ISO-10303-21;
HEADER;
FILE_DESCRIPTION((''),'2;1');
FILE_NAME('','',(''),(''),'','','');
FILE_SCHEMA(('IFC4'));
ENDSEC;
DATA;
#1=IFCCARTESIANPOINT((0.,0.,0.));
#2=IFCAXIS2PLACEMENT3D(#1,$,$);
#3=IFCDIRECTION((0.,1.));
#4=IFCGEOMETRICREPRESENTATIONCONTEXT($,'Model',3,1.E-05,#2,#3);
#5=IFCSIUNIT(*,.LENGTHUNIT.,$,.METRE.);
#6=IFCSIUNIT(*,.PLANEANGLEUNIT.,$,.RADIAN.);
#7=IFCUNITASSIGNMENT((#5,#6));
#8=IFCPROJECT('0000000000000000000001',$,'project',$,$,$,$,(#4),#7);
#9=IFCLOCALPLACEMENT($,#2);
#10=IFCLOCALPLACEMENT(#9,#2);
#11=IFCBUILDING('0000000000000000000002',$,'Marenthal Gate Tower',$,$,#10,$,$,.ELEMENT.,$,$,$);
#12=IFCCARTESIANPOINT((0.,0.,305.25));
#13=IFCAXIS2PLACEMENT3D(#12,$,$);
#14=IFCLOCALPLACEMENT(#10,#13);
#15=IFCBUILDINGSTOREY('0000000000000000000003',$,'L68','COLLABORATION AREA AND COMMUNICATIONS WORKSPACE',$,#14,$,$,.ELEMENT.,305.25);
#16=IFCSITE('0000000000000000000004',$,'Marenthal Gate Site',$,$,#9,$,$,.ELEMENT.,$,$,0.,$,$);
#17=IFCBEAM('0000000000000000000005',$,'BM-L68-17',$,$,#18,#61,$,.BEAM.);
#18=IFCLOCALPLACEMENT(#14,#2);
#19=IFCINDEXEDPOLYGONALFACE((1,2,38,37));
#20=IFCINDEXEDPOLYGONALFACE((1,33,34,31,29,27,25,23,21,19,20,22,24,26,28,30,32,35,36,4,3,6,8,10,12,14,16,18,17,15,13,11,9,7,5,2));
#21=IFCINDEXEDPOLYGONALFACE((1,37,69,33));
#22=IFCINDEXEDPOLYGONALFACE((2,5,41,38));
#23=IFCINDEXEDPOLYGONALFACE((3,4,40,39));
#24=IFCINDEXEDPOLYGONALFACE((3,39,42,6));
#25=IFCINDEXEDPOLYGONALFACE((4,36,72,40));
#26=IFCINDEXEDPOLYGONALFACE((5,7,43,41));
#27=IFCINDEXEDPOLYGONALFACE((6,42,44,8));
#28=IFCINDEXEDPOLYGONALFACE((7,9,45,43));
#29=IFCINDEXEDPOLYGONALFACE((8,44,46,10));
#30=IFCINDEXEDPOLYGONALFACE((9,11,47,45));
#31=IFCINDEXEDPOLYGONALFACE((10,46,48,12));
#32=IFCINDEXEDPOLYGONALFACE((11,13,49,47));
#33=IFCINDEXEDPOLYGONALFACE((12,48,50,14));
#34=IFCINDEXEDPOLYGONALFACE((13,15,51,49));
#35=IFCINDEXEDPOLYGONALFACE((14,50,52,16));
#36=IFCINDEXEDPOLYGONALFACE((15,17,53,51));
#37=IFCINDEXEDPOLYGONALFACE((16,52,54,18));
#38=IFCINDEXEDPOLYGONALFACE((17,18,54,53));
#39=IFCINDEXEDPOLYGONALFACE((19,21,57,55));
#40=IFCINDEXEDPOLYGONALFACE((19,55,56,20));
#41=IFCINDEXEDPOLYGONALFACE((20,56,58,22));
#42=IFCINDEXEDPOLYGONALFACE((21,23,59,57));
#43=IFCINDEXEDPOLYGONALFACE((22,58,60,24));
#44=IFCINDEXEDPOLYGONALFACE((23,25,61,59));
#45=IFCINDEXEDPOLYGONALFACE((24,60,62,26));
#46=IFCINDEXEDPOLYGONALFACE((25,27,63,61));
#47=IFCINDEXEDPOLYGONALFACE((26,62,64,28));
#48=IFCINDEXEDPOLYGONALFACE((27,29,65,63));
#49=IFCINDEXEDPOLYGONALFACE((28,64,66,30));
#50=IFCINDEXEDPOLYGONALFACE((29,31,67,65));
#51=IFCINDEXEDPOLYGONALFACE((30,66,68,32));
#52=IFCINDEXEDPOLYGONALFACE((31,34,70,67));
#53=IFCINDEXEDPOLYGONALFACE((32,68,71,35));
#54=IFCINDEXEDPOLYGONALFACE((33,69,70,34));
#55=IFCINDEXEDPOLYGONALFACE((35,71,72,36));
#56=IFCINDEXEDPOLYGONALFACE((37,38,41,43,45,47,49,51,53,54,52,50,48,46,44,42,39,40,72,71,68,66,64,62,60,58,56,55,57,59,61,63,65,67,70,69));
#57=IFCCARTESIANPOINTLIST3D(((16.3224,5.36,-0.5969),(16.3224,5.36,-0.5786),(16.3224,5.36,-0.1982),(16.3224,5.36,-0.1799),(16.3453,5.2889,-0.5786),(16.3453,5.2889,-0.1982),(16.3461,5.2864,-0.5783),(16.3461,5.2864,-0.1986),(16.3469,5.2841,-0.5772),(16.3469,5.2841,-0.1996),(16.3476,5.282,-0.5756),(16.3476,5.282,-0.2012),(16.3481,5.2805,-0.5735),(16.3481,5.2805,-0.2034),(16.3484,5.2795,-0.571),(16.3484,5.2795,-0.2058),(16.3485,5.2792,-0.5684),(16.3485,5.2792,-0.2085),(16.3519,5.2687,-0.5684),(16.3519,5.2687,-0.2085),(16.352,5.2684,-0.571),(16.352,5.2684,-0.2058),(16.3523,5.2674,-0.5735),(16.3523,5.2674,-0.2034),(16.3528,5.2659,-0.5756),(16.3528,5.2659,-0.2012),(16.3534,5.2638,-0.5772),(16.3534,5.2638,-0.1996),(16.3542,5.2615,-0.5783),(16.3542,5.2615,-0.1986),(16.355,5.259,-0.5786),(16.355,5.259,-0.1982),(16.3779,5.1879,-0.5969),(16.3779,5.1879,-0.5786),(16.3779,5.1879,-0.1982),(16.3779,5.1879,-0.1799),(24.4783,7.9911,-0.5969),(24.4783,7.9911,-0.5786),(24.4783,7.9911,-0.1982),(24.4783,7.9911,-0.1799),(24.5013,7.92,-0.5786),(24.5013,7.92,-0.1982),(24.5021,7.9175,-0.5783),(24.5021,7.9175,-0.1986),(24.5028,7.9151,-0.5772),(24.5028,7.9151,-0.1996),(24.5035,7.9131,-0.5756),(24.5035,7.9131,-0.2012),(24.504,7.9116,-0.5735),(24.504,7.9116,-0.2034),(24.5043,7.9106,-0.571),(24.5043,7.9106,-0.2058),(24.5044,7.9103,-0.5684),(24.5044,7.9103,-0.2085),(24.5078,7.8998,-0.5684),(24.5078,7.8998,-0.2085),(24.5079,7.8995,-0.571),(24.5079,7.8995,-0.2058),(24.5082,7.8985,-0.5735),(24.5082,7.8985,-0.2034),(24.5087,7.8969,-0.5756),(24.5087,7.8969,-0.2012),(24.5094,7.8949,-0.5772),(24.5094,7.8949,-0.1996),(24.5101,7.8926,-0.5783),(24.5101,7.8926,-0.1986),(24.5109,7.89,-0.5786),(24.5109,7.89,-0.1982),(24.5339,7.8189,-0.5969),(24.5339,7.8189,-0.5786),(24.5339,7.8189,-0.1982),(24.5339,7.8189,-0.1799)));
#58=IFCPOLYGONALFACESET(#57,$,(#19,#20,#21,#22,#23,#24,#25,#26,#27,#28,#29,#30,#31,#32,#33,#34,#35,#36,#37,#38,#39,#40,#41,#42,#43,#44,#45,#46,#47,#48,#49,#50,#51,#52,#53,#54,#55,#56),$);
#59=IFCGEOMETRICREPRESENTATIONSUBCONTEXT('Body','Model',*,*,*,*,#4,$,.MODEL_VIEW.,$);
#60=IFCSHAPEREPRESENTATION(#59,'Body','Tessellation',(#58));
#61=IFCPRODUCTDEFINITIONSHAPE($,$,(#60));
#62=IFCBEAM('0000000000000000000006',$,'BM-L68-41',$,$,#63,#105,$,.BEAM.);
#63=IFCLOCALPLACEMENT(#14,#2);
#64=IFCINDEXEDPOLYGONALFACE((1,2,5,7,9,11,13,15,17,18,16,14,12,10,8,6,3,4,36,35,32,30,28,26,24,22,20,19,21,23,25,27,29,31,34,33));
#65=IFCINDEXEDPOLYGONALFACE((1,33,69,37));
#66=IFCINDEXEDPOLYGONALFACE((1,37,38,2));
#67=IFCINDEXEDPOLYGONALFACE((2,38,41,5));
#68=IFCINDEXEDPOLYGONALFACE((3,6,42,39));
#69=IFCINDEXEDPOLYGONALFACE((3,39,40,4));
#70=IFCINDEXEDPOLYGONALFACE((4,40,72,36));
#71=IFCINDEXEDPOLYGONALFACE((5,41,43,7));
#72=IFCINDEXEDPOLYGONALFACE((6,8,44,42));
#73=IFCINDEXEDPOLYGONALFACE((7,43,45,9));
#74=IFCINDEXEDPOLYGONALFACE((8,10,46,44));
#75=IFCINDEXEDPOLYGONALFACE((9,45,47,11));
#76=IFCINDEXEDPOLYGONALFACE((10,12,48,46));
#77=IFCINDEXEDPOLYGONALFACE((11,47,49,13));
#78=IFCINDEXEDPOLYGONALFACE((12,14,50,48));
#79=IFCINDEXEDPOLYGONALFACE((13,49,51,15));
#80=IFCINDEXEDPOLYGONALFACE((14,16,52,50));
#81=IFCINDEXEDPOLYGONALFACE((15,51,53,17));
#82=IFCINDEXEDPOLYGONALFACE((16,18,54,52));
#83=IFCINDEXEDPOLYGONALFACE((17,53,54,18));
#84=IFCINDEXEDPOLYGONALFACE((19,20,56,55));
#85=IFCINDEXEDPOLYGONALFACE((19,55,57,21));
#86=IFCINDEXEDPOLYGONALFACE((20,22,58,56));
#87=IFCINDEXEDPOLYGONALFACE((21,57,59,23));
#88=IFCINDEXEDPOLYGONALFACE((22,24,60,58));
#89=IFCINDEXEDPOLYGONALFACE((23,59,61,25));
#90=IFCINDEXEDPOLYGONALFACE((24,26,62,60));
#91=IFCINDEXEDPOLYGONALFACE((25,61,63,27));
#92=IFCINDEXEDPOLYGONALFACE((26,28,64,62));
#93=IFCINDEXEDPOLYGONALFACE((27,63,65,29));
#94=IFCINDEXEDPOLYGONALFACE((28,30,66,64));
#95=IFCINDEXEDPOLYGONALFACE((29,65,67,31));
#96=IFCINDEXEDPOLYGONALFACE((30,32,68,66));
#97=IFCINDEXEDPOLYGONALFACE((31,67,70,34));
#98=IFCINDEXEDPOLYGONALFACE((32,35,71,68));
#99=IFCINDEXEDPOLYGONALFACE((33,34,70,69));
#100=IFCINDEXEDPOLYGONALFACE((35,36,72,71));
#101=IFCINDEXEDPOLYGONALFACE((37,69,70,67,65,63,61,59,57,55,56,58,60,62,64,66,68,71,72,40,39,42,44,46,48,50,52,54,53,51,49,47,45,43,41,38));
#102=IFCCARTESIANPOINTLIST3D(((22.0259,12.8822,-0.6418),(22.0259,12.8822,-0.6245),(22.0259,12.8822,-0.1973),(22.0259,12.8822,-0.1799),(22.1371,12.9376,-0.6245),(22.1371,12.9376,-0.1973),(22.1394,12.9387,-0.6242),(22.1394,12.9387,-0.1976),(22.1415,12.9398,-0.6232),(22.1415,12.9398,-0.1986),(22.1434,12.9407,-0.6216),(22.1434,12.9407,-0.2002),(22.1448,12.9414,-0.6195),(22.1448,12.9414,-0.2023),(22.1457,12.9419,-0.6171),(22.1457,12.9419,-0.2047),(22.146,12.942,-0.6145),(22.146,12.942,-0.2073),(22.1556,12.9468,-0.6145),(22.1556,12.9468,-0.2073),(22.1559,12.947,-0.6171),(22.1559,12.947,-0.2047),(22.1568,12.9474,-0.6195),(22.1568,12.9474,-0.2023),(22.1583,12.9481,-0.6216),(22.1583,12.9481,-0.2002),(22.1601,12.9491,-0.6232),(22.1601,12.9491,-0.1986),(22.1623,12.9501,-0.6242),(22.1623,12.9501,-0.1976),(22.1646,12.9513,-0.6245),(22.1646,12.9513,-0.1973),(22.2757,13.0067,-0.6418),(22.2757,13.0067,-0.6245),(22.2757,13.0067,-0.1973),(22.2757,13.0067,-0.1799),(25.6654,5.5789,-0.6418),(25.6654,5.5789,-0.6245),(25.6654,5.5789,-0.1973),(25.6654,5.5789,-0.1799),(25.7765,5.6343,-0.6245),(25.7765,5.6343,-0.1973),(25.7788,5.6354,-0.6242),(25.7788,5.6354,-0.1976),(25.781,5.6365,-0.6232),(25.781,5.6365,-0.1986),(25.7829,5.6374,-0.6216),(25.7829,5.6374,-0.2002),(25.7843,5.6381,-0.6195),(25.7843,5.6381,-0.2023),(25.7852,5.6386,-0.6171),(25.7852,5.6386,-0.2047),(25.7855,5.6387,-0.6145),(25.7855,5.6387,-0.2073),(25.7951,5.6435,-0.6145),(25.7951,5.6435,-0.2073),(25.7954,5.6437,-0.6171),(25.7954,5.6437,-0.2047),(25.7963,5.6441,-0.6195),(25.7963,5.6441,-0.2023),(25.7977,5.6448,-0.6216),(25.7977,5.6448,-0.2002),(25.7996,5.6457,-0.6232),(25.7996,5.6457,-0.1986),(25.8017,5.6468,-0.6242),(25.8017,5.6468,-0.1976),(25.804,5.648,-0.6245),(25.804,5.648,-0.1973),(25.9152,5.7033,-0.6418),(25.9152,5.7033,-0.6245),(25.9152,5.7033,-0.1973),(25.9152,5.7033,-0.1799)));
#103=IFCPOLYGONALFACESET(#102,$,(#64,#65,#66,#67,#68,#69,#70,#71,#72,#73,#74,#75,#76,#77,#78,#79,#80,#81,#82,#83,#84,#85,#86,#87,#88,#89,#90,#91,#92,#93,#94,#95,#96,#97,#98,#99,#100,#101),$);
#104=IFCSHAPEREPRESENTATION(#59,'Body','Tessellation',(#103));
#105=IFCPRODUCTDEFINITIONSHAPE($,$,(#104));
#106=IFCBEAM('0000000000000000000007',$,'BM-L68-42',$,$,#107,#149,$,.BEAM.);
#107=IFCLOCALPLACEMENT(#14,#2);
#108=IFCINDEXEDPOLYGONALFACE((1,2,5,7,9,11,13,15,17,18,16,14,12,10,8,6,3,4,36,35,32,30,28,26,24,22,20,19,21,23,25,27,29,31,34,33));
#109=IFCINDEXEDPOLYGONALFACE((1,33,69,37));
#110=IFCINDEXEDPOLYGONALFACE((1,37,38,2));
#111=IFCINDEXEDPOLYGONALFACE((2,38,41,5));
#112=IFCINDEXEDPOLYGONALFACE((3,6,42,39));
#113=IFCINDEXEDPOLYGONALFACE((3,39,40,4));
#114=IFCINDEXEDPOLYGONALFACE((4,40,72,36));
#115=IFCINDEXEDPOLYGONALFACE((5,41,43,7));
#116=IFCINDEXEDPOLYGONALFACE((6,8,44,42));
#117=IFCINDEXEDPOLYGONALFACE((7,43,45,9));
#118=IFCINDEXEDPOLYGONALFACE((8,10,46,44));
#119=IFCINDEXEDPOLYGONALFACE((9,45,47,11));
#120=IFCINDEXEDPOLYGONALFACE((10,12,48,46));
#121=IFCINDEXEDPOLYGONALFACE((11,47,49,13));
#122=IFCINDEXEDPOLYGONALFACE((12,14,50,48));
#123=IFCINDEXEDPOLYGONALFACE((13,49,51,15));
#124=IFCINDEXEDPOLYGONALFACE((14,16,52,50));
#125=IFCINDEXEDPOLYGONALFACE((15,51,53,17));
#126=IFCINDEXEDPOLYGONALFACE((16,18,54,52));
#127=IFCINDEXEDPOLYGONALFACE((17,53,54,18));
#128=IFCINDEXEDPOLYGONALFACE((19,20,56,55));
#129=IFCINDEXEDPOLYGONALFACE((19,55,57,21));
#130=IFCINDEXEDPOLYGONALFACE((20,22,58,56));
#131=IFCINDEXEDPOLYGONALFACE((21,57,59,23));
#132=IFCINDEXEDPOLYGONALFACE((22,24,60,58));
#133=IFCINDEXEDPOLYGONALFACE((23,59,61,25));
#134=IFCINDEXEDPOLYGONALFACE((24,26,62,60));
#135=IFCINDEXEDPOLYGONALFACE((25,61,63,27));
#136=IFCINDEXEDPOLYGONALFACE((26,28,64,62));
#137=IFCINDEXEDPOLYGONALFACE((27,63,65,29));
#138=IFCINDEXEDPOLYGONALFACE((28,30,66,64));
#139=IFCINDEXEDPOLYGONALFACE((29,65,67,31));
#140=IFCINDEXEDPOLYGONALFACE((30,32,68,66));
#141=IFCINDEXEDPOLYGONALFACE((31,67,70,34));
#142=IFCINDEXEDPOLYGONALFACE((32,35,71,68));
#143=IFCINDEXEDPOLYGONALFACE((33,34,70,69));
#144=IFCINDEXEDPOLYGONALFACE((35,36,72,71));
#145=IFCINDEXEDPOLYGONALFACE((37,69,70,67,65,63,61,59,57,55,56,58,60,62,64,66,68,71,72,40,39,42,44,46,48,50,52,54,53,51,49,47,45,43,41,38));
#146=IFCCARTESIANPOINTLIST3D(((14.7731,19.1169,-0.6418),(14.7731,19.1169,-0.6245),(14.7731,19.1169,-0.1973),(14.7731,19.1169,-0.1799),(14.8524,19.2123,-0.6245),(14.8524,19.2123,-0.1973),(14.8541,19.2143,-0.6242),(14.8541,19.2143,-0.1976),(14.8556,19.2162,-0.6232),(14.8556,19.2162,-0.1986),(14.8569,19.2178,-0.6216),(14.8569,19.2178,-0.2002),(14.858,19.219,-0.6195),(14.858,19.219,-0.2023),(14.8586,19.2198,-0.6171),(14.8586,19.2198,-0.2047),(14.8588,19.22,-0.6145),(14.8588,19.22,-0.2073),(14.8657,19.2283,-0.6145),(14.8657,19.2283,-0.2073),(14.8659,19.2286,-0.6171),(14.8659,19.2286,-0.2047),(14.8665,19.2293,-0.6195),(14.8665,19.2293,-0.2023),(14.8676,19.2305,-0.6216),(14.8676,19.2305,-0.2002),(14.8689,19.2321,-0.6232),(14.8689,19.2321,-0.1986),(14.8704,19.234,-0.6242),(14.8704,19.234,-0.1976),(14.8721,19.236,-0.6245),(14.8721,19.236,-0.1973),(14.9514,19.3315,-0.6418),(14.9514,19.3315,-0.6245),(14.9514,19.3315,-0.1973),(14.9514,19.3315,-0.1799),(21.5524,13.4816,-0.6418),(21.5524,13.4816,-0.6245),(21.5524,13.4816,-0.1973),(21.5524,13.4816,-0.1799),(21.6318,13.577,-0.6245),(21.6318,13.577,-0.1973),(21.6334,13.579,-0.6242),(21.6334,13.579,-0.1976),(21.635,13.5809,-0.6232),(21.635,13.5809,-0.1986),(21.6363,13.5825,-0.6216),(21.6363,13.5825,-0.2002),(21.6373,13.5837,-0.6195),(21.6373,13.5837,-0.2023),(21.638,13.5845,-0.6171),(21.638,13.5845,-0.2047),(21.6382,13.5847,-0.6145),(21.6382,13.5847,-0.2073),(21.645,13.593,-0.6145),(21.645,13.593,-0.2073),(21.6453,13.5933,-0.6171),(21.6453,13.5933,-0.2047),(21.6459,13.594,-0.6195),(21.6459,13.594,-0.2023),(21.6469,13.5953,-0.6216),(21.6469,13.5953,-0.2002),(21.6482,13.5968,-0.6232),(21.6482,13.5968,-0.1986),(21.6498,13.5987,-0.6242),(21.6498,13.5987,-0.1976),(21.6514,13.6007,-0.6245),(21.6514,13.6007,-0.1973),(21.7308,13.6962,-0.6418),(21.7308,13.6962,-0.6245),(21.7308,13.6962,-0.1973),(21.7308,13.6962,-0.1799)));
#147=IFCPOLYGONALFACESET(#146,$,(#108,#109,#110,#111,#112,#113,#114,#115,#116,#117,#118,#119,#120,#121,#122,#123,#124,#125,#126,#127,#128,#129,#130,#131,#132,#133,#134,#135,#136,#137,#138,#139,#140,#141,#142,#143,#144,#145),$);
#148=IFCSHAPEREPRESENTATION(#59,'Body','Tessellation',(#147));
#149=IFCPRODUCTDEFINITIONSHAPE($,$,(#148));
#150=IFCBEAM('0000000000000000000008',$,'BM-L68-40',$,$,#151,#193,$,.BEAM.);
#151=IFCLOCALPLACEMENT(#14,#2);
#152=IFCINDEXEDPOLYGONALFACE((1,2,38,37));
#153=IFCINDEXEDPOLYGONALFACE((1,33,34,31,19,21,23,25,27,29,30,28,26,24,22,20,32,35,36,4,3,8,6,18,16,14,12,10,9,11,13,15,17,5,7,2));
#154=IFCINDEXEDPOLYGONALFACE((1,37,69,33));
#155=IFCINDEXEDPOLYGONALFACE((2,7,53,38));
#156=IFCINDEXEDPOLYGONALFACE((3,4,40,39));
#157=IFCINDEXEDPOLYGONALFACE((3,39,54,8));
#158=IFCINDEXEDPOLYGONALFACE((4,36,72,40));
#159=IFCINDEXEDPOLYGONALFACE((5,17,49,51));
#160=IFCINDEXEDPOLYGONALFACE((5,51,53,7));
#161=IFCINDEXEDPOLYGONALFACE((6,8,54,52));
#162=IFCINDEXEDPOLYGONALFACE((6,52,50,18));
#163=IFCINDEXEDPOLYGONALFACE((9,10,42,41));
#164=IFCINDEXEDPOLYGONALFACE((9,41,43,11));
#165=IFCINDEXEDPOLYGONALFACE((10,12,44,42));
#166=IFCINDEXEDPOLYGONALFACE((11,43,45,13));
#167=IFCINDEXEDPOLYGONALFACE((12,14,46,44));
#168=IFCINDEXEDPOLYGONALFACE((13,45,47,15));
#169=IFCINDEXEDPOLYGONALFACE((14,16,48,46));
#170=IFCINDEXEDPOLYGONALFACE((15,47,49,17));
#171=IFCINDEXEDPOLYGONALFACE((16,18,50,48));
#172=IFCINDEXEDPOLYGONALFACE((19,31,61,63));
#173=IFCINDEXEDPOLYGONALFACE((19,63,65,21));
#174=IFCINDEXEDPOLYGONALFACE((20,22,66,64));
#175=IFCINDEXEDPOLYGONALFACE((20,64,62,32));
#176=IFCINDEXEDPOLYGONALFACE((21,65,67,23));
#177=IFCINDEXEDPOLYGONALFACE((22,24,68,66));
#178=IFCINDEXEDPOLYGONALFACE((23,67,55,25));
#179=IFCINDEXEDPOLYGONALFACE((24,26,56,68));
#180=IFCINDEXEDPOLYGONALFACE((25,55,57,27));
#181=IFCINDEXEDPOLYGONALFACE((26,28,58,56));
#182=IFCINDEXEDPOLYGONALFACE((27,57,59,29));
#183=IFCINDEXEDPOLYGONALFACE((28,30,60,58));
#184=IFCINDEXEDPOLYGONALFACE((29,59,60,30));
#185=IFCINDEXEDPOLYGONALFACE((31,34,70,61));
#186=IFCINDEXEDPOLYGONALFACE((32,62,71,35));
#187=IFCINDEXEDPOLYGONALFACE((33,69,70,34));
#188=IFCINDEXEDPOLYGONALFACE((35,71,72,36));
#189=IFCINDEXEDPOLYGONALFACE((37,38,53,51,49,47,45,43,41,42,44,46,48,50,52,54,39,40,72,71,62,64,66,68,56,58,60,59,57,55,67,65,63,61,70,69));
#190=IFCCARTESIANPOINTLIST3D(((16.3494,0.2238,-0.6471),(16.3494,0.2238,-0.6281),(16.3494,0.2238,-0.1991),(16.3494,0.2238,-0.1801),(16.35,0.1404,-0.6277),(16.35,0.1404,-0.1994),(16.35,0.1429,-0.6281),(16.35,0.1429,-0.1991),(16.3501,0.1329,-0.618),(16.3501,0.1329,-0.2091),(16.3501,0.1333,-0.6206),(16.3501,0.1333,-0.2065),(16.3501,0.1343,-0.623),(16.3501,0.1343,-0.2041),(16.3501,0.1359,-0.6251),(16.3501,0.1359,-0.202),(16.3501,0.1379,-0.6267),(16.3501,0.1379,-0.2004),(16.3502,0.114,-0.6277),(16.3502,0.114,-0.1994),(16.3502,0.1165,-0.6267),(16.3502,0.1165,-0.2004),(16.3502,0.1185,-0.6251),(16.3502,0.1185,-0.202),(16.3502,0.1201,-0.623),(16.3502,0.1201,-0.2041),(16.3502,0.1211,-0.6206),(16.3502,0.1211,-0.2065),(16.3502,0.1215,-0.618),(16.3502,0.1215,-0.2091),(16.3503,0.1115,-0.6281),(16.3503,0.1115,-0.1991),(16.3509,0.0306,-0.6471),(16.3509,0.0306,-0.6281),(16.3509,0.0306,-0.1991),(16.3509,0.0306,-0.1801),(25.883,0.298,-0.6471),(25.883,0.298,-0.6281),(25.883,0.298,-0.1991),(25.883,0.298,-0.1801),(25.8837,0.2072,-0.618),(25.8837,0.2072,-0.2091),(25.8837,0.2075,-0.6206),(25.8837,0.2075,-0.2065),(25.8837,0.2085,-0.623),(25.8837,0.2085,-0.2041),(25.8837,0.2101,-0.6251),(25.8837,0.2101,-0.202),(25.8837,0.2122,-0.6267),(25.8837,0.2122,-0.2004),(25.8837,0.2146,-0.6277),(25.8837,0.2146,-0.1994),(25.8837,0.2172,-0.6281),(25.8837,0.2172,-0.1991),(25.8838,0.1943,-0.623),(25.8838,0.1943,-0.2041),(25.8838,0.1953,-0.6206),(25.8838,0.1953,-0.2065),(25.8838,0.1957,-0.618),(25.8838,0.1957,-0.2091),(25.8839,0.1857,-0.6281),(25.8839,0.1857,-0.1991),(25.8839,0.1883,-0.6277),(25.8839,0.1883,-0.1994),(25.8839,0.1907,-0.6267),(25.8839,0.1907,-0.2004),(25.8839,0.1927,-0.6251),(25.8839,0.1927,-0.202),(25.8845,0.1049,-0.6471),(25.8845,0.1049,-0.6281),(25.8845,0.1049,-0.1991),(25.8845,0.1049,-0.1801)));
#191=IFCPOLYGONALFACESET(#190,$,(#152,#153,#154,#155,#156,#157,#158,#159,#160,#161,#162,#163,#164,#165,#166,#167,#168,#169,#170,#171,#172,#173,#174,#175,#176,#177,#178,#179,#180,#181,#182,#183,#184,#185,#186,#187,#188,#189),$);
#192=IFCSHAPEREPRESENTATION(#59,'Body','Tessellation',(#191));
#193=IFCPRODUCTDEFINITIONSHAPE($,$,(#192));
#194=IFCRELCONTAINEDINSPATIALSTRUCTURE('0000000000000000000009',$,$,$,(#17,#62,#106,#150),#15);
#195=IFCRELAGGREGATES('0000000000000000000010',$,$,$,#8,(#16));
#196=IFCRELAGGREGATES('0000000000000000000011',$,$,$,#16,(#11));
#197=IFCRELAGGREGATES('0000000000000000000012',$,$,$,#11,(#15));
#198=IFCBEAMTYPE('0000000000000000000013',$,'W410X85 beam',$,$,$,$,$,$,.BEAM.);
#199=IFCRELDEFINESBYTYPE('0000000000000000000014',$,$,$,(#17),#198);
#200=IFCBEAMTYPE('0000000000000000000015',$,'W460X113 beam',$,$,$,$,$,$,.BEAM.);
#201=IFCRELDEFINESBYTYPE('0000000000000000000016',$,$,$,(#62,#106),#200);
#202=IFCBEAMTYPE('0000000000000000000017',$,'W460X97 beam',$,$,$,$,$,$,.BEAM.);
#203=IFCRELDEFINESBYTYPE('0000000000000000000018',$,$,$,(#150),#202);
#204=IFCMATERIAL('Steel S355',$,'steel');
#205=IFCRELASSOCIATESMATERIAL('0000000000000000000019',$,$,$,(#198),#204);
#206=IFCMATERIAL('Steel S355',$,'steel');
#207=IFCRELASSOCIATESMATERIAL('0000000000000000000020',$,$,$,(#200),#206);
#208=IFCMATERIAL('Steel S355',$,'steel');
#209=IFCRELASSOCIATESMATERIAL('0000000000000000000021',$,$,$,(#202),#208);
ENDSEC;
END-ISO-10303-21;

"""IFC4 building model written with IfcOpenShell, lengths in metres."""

from ifc_helpers import new_model, si_unit, direction, frame, origin, origin_2d, place, context, subcontext, project, spatial, i_section, extrude, material, material_profile, profile_set, type_object, element, save


model = new_model("IFC4")

# Units and contexts
model_context = context("Model", 3, precision=1e-05, world=origin(), true_north=direction((0.0, 1.0)))
body_context = subcontext(model_context, "Body", "Model", "MODEL_VIEW")
ifc_project = project(units=[si_unit("LENGTHUNIT", "METRE"), si_unit("PLANEANGLEUNIT", "RADIAN")], contexts=[model_context])

# Site, building, storey
site_placement = place(None, origin())
site = spatial("IfcSite", under=ifc_project, at=site_placement, Name="Marenthal Gate Site", CompositionType="ELEMENT", RefElevation=0.0)
building_placement = place(site_placement, origin())
building = spatial("IfcBuilding", under=site, at=building_placement, Name="Marenthal Gate Tower", CompositionType="ELEMENT")
storey_placement = place(building_placement, frame((0.0, 0.0, 305.25)))
storey = spatial("IfcBuildingStorey", under=building, at=storey_placement, Name="L68", Description="COLLABORATION AREA AND COMMUNICATIONS WORKSPACE", CompositionType="ELEMENT", Elevation=305.25)

# Beams
ifc_material_1 = material(Name="Steel S355", Category="steel")
ifc_material_profile_1 = material_profile(ifc_material_1, i_section(OverallWidth=0.1809, OverallDepth=0.417, WebThickness=0.011, FlangeThickness=0.0183, FilletRadius=0.0103, at=origin_2d()), Name="W410X85")
ifc_profile_set_1 = profile_set([ifc_material_profile_1], Name="Steel S355")
beam_type_1 = type_object("IfcBeamType", Name="W410X85 beam", PredefinedType="BEAM", material=ifc_profile_set_1)
beam_1_placement = place(storey_placement, frame((24.5061, 7.905, -0.3884), z_axis=(-0.951704, -0.307017, 0.0), x_axis=(0.307017, -0.951704, 0.0)))
element("IfcBeam", 1, at=beam_1_placement, inside=storey, type_object=beam_type_1, Name="BM-L68-17", PredefinedType="BEAM", context=body_context, shape_type="SweptSolid", body=[
    extrude(i_section(OverallWidth=0.1809, OverallDepth=0.417, WebThickness=0.011, FlangeThickness=0.0183, FilletRadius=0.0103, at=origin_2d()), origin(), (0.0, 0.0, 1.0), 8.5698),
])
ifc_material_2 = material(Name="Steel S355", Category="steel")
ifc_material_profile_2 = material_profile(ifc_material_2, i_section(OverallWidth=0.2791, OverallDepth=0.4619, WebThickness=0.0107, FlangeThickness=0.0173, FilletRadius=0.01, at=origin_2d()), Name="W460X113")
ifc_profile_set_2 = profile_set([ifc_material_profile_2], Name="Steel S355")
beam_type_2 = type_object("IfcBeamType", Name="W460X113 beam", PredefinedType="BEAM", material=ifc_profile_set_2)
beam_2_placement = place(storey_placement, frame((25.7903, 5.6411, -0.4109), z_axis=(-0.446016, 0.895025, 0.0), x_axis=(-0.895025, -0.446016, 0.0)))
element("IfcBeam", 2, at=beam_2_placement, inside=storey, type_object=beam_type_2, Name="BM-L68-41", PredefinedType="BEAM", context=body_context, shape_type="SweptSolid", body=[
    extrude(i_section(OverallWidth=0.2791, OverallDepth=0.4619, WebThickness=0.0107, FlangeThickness=0.0173, FilletRadius=0.01, at=origin_2d()), origin(), (0.0, 0.0, 1.0), 8.1599),
])
beam_3_placement = place(storey_placement, frame((21.6416, 13.5889, -0.4109), z_axis=(-0.769011, 0.639236, 0.0), x_axis=(-0.639236, -0.769011, 0.0)))
element("IfcBeam", 3, at=beam_3_placement, inside=storey, type_object=beam_type_2, Name="BM-L68-42", PredefinedType="BEAM", context=body_context, shape_type="SweptSolid", body=[
    extrude(i_section(OverallWidth=0.2791, OverallDepth=0.4619, WebThickness=0.0107, FlangeThickness=0.0173, FilletRadius=0.01, at=origin_2d()), origin(), (0.0, 0.0, 1.0), 8.8157),
])
ifc_material_3 = material(Name="Steel S355", Category="steel")
ifc_material_profile_3 = material_profile(ifc_material_3, i_section(OverallWidth=0.1931, OverallDepth=0.467, WebThickness=0.0115, FlangeThickness=0.019, FilletRadius=0.01, at=origin_2d()), Name="W460X97")
ifc_profile_set_3 = profile_set([ifc_material_profile_3], Name="Steel S355")
beam_type_3 = type_object("IfcBeamType", Name="W460X97 beam", PredefinedType="BEAM", material=ifc_profile_set_3)
beam_4_placement = place(storey_placement, frame((25.8838, 0.2014, -0.4136), z_axis=(-0.99997, -0.007785, 0.0), x_axis=(0.007785, -0.99997, 0.0)))
element("IfcBeam", 4, at=beam_4_placement, inside=storey, type_object=beam_type_3, Name="BM-L68-40", PredefinedType="BEAM", context=body_context, shape_type="SweptSolid", body=[
    extrude(i_section(OverallWidth=0.1931, OverallDepth=0.467, WebThickness=0.0115, FlangeThickness=0.019, FilletRadius=0.01, at=origin_2d()), origin(), (0.0, 0.0, 1.0), 9.5339),
])

save(model, "model.ifc")
